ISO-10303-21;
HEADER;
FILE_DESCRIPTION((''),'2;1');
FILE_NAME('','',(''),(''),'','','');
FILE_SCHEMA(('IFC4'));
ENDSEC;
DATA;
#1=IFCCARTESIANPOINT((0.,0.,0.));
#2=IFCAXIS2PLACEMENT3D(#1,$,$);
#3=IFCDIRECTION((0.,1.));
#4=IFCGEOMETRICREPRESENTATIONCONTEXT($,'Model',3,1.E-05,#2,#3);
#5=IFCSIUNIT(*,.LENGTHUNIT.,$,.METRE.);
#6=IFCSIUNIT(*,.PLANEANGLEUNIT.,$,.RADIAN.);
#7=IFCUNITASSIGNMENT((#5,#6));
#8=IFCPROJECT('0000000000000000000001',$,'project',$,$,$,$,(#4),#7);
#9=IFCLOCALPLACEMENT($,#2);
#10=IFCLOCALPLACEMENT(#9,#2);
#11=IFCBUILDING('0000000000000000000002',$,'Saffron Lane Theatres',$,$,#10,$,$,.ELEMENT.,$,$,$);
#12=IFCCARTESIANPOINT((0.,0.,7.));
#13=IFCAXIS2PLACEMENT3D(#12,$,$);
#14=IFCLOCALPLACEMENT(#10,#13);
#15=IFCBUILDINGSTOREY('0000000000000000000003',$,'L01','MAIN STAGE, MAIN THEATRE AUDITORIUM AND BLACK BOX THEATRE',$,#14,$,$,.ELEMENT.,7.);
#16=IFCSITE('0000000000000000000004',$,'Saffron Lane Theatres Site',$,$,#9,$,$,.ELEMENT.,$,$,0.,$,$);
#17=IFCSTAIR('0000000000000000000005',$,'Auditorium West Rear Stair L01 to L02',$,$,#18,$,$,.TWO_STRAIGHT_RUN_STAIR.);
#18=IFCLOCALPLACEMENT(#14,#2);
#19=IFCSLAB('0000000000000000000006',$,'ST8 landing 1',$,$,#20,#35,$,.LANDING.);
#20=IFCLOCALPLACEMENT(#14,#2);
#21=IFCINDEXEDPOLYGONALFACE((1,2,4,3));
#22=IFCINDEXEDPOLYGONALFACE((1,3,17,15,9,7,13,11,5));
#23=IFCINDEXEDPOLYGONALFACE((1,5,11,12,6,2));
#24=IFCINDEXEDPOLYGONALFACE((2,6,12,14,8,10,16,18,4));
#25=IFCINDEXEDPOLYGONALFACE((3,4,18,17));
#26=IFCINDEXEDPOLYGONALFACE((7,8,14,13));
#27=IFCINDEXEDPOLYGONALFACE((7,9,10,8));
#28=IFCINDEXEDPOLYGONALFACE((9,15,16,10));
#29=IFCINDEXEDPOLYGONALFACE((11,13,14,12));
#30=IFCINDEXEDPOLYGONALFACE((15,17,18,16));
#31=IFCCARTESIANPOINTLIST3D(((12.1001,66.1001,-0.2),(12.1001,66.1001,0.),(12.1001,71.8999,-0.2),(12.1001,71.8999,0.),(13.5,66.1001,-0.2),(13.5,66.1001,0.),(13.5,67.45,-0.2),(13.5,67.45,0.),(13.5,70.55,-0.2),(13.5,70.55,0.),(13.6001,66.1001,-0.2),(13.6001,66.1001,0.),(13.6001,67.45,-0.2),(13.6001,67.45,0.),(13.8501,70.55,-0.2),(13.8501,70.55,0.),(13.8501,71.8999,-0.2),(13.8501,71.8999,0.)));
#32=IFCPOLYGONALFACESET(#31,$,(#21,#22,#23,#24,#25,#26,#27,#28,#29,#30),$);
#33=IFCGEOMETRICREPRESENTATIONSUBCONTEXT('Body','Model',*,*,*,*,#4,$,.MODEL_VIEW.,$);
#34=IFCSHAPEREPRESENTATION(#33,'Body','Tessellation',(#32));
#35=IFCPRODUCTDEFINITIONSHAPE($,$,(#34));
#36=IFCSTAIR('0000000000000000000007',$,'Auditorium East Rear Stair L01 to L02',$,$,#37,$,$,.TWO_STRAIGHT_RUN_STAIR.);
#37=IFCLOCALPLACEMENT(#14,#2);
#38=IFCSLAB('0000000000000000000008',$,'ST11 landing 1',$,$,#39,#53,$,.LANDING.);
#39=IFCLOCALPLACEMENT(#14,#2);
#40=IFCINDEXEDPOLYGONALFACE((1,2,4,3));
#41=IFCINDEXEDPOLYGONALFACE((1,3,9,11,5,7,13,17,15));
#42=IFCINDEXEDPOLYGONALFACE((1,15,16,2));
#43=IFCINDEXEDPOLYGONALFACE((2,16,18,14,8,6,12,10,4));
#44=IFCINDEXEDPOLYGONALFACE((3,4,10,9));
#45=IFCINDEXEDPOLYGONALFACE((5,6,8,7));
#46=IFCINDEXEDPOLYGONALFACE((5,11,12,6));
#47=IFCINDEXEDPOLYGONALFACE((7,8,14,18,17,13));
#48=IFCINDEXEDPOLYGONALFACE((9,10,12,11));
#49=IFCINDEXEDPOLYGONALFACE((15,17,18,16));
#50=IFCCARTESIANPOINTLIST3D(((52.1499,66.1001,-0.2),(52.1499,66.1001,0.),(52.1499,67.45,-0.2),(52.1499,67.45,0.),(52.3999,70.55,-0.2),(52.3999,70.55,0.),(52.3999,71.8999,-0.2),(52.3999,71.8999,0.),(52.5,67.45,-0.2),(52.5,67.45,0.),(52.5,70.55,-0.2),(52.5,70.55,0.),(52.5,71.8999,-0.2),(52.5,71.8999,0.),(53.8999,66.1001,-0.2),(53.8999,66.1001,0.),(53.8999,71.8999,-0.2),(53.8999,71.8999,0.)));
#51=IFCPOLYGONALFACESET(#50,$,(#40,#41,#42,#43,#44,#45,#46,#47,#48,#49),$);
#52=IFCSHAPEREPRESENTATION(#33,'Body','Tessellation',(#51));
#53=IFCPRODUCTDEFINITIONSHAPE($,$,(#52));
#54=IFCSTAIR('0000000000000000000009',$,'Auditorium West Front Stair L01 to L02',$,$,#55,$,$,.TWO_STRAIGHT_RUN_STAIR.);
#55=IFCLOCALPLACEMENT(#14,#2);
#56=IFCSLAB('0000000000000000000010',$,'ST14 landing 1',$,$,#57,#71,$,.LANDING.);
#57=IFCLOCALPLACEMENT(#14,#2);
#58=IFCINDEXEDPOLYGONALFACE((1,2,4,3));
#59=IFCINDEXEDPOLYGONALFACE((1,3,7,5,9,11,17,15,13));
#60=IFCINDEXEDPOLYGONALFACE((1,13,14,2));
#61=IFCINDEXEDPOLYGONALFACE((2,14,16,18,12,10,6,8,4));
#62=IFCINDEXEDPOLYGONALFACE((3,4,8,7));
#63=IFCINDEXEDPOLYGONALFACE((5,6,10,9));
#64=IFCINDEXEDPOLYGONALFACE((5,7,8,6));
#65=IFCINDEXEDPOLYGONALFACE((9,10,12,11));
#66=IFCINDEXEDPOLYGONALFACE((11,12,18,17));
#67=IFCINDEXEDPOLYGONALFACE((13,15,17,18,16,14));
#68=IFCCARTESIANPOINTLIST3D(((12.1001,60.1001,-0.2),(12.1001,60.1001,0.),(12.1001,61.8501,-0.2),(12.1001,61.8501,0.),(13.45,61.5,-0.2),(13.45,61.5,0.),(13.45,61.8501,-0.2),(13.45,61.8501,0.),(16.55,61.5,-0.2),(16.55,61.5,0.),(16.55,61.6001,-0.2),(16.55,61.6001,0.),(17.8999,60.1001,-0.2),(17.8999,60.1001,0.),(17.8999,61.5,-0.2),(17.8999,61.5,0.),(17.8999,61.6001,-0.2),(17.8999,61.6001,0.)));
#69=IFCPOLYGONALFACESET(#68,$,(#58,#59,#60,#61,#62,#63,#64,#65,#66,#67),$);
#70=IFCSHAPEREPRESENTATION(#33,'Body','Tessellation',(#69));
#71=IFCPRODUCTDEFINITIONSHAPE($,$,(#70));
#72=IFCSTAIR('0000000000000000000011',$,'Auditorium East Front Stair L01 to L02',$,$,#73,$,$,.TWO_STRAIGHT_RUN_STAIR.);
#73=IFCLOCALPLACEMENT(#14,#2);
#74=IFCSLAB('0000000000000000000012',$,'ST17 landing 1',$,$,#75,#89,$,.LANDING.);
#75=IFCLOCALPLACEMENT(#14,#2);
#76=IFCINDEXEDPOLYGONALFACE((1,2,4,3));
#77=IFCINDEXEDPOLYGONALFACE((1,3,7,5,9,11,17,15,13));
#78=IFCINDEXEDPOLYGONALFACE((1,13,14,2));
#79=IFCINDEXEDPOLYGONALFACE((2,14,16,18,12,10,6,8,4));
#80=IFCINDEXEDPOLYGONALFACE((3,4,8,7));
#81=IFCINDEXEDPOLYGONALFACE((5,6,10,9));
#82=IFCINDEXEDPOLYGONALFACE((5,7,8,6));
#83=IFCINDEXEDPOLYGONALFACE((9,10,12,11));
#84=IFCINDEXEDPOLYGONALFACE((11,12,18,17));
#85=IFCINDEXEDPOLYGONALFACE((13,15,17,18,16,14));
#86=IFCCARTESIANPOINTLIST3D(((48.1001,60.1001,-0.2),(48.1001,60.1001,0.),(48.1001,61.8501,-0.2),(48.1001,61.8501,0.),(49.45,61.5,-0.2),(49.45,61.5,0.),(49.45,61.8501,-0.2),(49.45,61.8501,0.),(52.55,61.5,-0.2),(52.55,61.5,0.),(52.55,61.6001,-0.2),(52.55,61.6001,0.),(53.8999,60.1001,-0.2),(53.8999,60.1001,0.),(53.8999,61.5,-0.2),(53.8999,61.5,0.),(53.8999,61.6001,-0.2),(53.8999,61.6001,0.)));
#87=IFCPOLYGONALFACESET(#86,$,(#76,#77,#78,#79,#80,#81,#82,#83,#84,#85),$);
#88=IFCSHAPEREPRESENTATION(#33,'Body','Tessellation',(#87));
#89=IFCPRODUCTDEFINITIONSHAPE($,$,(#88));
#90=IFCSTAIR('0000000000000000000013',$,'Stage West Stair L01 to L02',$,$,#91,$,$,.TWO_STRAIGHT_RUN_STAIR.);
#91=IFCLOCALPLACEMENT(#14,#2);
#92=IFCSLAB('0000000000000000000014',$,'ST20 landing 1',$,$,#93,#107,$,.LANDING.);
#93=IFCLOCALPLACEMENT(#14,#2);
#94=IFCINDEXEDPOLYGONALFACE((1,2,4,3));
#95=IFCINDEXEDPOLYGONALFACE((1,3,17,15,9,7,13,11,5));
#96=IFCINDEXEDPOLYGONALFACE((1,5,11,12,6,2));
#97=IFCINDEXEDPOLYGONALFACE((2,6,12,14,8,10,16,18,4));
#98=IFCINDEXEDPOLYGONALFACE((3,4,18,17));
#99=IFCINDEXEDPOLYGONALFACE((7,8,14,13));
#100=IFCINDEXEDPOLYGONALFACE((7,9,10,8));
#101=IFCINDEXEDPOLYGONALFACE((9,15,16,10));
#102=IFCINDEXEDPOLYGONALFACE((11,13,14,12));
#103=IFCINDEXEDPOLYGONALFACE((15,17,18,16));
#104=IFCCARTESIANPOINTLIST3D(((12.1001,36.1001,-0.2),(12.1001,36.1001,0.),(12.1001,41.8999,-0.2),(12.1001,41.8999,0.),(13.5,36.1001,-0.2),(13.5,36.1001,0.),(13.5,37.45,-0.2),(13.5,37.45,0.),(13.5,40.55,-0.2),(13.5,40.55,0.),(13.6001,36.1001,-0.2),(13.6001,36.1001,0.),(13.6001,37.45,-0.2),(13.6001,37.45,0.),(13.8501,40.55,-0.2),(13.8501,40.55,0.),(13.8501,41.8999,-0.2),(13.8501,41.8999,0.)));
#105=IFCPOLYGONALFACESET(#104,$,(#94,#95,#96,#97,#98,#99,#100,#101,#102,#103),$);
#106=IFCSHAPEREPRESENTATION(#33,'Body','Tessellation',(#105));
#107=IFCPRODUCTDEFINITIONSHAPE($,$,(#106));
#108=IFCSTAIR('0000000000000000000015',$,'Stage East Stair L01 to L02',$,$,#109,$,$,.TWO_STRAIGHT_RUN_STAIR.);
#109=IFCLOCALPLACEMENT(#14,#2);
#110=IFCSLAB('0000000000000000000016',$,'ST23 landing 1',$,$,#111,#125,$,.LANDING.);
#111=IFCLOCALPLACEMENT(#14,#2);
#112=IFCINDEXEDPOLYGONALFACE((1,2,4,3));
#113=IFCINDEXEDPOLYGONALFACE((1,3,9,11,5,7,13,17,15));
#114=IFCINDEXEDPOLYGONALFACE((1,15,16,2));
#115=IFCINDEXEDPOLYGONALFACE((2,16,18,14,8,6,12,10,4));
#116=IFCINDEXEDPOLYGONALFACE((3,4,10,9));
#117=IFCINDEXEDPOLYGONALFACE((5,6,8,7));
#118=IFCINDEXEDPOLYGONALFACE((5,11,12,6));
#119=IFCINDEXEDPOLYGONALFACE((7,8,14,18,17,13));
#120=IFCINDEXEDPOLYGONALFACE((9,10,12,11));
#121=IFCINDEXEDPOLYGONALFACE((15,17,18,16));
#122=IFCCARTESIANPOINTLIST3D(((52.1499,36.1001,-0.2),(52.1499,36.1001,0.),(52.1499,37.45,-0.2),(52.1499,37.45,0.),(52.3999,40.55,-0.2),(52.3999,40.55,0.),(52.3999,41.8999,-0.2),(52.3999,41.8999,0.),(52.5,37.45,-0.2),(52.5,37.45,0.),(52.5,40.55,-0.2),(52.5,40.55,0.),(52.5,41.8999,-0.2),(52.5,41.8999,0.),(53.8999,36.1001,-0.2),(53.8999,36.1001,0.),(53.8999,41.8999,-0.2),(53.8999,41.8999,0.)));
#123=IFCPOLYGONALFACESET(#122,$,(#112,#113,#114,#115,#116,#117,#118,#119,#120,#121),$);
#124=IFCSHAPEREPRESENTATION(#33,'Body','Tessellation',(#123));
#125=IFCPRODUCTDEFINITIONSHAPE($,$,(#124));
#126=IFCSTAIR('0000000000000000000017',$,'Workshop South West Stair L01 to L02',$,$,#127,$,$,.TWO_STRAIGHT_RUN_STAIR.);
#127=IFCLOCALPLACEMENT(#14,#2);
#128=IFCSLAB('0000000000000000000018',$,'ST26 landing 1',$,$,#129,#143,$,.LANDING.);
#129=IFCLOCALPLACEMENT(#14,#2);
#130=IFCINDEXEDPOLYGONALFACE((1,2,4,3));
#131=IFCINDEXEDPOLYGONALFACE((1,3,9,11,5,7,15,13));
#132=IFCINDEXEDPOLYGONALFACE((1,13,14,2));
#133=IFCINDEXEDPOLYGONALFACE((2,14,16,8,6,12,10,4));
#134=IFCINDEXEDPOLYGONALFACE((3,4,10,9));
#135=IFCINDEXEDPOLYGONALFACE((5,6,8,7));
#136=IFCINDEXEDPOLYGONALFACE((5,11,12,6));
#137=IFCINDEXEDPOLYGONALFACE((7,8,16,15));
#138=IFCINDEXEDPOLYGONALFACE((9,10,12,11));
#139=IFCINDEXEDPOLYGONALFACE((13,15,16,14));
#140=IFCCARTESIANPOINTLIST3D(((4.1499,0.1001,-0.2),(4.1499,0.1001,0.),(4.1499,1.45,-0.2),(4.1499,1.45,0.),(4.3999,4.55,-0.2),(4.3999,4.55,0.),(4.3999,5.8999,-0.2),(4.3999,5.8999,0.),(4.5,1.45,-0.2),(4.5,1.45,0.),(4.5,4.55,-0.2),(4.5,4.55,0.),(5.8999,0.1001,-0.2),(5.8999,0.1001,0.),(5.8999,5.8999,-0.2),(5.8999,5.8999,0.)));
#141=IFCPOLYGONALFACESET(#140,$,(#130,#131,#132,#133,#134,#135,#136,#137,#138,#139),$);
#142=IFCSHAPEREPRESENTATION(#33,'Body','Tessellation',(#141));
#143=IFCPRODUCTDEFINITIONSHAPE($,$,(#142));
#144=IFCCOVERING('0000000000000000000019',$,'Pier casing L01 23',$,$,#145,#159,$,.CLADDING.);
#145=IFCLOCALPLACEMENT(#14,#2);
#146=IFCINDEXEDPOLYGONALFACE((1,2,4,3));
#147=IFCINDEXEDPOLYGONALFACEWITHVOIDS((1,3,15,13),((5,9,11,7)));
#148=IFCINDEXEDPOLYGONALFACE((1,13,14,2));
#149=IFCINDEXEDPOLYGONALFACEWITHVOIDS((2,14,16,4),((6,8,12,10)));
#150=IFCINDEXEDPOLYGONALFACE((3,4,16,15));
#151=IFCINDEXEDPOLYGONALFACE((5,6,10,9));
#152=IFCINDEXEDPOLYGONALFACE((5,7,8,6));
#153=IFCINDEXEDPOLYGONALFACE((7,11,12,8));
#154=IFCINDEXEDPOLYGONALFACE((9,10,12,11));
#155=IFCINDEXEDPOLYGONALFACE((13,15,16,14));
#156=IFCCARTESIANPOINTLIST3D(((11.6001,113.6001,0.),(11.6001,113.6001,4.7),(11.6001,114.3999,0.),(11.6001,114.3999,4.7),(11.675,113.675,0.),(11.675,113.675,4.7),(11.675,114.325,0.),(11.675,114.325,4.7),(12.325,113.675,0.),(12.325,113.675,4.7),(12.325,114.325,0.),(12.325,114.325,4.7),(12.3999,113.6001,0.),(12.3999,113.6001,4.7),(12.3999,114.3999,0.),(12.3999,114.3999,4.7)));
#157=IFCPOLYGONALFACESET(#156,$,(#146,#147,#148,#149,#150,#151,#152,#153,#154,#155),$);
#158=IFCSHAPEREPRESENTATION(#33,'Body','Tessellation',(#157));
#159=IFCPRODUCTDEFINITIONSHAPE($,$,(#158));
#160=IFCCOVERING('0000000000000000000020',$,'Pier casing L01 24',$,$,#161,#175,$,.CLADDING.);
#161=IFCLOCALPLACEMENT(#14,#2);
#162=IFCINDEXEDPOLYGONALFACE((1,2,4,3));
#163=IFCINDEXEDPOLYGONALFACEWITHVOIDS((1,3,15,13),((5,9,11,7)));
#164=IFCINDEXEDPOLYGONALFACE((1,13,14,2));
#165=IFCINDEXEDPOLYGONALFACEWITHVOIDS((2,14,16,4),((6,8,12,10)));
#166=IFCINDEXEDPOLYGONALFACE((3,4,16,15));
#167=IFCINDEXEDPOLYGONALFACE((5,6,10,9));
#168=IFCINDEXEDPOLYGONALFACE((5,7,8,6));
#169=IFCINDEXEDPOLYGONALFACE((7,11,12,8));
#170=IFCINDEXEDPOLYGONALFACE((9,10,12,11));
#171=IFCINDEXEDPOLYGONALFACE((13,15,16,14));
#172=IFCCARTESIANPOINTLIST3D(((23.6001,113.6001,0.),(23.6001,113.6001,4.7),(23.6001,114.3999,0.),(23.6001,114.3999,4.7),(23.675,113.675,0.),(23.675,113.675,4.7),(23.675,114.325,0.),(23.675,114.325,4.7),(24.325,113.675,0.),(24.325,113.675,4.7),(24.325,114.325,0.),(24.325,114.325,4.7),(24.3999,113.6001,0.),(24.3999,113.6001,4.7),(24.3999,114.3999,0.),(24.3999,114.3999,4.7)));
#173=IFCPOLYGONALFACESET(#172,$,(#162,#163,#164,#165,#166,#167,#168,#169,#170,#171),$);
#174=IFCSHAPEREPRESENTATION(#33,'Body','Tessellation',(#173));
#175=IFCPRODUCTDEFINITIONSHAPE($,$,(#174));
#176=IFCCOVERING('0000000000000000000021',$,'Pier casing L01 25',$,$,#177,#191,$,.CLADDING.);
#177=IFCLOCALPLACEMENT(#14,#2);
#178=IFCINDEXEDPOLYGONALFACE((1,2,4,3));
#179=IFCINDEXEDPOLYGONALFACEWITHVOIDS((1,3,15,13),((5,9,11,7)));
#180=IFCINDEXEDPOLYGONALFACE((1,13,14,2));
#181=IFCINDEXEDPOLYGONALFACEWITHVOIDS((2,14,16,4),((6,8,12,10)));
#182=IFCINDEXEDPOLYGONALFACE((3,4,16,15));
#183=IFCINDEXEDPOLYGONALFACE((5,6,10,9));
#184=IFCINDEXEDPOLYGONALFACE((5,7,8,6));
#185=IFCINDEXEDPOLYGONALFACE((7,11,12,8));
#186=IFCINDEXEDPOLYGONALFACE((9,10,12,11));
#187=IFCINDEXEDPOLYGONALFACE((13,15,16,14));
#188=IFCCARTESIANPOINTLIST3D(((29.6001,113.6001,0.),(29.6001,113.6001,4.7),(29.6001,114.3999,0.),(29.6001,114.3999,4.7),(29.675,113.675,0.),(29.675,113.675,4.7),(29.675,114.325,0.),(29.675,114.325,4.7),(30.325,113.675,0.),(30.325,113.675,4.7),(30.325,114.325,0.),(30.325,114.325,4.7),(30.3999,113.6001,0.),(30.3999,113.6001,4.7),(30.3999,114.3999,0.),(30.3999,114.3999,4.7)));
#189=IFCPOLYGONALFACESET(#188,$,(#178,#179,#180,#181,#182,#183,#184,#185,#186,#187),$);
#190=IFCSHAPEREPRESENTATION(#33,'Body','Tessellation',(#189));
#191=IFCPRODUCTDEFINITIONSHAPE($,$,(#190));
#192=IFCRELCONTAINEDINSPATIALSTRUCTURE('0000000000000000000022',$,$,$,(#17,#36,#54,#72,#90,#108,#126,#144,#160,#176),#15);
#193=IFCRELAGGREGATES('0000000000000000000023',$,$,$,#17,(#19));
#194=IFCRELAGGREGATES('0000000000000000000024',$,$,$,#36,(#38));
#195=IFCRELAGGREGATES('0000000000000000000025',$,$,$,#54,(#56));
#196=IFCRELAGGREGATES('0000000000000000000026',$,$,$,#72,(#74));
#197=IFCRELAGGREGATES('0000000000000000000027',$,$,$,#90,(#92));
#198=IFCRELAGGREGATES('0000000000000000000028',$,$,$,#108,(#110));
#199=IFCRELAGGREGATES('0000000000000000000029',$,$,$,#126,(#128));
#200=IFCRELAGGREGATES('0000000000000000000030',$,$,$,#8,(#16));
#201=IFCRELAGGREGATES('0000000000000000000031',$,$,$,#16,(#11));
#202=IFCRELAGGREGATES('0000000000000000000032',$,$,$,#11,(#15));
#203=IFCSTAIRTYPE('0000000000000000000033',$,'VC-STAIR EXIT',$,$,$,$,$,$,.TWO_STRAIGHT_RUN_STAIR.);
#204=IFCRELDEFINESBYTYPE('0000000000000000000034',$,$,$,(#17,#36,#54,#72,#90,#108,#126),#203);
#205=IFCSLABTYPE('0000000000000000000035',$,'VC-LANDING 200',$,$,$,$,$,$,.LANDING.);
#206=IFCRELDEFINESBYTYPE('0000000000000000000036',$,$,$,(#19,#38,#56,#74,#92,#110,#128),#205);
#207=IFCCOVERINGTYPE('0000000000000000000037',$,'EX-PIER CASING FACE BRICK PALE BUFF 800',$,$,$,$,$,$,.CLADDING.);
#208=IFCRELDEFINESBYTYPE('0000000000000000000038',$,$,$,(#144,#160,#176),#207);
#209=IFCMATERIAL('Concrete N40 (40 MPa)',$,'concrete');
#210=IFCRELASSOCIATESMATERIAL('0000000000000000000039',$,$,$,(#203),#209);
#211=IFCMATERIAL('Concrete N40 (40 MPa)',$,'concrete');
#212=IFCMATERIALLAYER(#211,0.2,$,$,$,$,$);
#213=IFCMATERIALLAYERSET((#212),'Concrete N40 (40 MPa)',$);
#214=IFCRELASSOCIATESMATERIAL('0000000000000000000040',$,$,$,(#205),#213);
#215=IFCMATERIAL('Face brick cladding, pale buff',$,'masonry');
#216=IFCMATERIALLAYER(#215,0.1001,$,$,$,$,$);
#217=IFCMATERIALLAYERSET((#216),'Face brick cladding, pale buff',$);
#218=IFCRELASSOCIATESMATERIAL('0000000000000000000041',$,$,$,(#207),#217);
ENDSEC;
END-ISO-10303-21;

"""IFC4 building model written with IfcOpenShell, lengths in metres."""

from ifc_helpers import new_model, si_unit, direction, frame, origin, place, context, subcontext, project, spatial, polyline, outline, extrude, material, layer, layer_set, type_object, element, aggregate, save


model = new_model("IFC4")

# Units and contexts
model_context = context("Model", 3, precision=1e-05, world=origin(), true_north=direction((0.0, 1.0)))
body_context = subcontext(model_context, "Body", "Model", "MODEL_VIEW")
ifc_project = project(units=[si_unit("LENGTHUNIT", "METRE"), si_unit("PLANEANGLEUNIT", "RADIAN")], contexts=[model_context])

# Site, building, storey
site_placement = place(None, origin())
site = spatial("IfcSite", under=ifc_project, at=site_placement, Name="Saffron Lane Theatres Site", CompositionType="ELEMENT", RefElevation=0.0)
building_placement = place(site_placement, origin())
building = spatial("IfcBuilding", under=site, at=building_placement, Name="Saffron Lane Theatres", CompositionType="ELEMENT")
storey_placement = place(building_placement, frame((0.0, 0.0, 7.0)))
storey = spatial("IfcBuildingStorey", under=building, at=storey_placement, Name="L01", Description="MAIN STAGE, MAIN THEATRE AUDITORIUM AND BLACK BOX THEATRE", CompositionType="ELEMENT", Elevation=7.0)

# Stairs, slabs
ifc_material_1 = material(Name="Concrete N40 (40 MPa)", Category="concrete")
stair_type = type_object("IfcStairType", Name="VC-STAIR EXIT", PredefinedType="TWO_STRAIGHT_RUN_STAIR", material=ifc_material_1)
ifc_material_2 = material(Name="Concrete N40 (40 MPa)", Category="concrete")
ifc_layer_1 = layer(ifc_material_2, 0.2)
ifc_layer_set_1 = layer_set([ifc_layer_1], Name="Concrete N40 (40 MPa)")
slab_type_1 = type_object("IfcSlabType", Name="VC-LANDING 200", PredefinedType="LANDING", material=ifc_layer_set_1)
stair_1_placement = place(storey_placement, origin())
stair_1 = element("IfcStair", 1, at=stair_1_placement, inside=storey, type_object=stair_type, Name="Auditorium West Rear Stair L01 to L02", PredefinedType="TWO_STRAIGHT_RUN_STAIR")
slab_1_placement = place(storey_placement, frame((0.0, 0.0, -0.2)))
slab_1 = element("IfcSlab", 2, at=slab_1_placement, type_object=slab_type_1, Name="ST8 landing 1", PredefinedType="LANDING", context=body_context, shape_type="SweptSolid", body=[
    extrude(outline(polyline([(12.1001, 66.1001), (12.1001, 71.8999), (13.8501, 71.8999), (13.8501, 70.55), (13.5, 70.55), (13.5, 67.45), (13.6001, 67.45), (13.6001, 66.1001), (13.5, 66.1001), (13.5, 66.1001), (12.1001, 66.1001)])), origin(), (0.0, 0.0, 1.0), 0.2),
])
aggregate(stair_1, [slab_1])
stair_2_placement = place(storey_placement, origin())
stair_2 = element("IfcStair", 3, at=stair_2_placement, inside=storey, type_object=stair_type, Name="Auditorium East Rear Stair L01 to L02", PredefinedType="TWO_STRAIGHT_RUN_STAIR")
slab_2_placement = place(storey_placement, frame((0.0, 0.0, -0.2)))
slab_2 = element("IfcSlab", 4, at=slab_2_placement, type_object=slab_type_1, Name="ST11 landing 1", PredefinedType="LANDING", context=body_context, shape_type="SweptSolid", body=[
    extrude(outline(polyline([(53.8999, 71.8999), (53.8999, 66.1001), (52.1499, 66.1001), (52.1499, 67.45), (52.5, 67.45), (52.5, 70.55), (52.3999, 70.55), (52.3999, 71.8999), (52.5, 71.8999), (52.5, 71.8999), (53.8999, 71.8999)])), origin(), (0.0, 0.0, 1.0), 0.2),
])
aggregate(stair_2, [slab_2])
stair_3_placement = place(storey_placement, origin())
stair_3 = element("IfcStair", 5, at=stair_3_placement, inside=storey, type_object=stair_type, Name="Auditorium West Front Stair L01 to L02", PredefinedType="TWO_STRAIGHT_RUN_STAIR")
slab_3_placement = place(storey_placement, frame((0.0, 0.0, -0.2)))
slab_3 = element("IfcSlab", 6, at=slab_3_placement, type_object=slab_type_1, Name="ST14 landing 1", PredefinedType="LANDING", context=body_context, shape_type="SweptSolid", body=[
    extrude(outline(polyline([(17.8999, 61.5), (17.8999, 60.1001), (12.1001, 60.1001), (12.1001, 61.8501), (13.45, 61.8501), (13.45, 61.5), (16.55, 61.5), (16.55, 61.6001), (17.8999, 61.6001), (17.8999, 61.5), (17.8999, 61.5)])), origin(), (0.0, 0.0, 1.0), 0.2),
])
aggregate(stair_3, [slab_3])
stair_4_placement = place(storey_placement, origin())
stair_4 = element("IfcStair", 7, at=stair_4_placement, inside=storey, type_object=stair_type, Name="Auditorium East Front Stair L01 to L02", PredefinedType="TWO_STRAIGHT_RUN_STAIR")
slab_4_placement = place(storey_placement, frame((0.0, 0.0, -0.2)))
slab_4 = element("IfcSlab", 8, at=slab_4_placement, type_object=slab_type_1, Name="ST17 landing 1", PredefinedType="LANDING", context=body_context, shape_type="SweptSolid", body=[
    extrude(outline(polyline([(53.8999, 60.1001), (48.1001, 60.1001), (48.1001, 61.8501), (49.45, 61.8501), (49.45, 61.5), (52.55, 61.5), (52.55, 61.6001), (53.8999, 61.6001), (53.8999, 61.5), (53.8999, 61.5), (53.8999, 60.1001)])), origin(), (0.0, 0.0, 1.0), 0.2),
])
aggregate(stair_4, [slab_4])
stair_5_placement = place(storey_placement, origin())
stair_5 = element("IfcStair", 9, at=stair_5_placement, inside=storey, type_object=stair_type, Name="Stage West Stair L01 to L02", PredefinedType="TWO_STRAIGHT_RUN_STAIR")
slab_5_placement = place(storey_placement, frame((0.0, 0.0, -0.2)))
slab_5 = element("IfcSlab", 10, at=slab_5_placement, type_object=slab_type_1, Name="ST20 landing 1", PredefinedType="LANDING", context=body_context, shape_type="SweptSolid", body=[
    extrude(outline(polyline([(12.1001, 36.1001), (12.1001, 41.8999), (13.8501, 41.8999), (13.8501, 40.55), (13.5, 40.55), (13.5, 37.45), (13.6001, 37.45), (13.6001, 36.1001), (13.5, 36.1001), (13.5, 36.1001), (12.1001, 36.1001)])), origin(), (0.0, 0.0, 1.0), 0.2),
])
aggregate(stair_5, [slab_5])
stair_6_placement = place(storey_placement, origin())
stair_6 = element("IfcStair", 11, at=stair_6_placement, inside=storey, type_object=stair_type, Name="Stage East Stair L01 to L02", PredefinedType="TWO_STRAIGHT_RUN_STAIR")
slab_6_placement = place(storey_placement, frame((0.0, 0.0, -0.2)))
slab_6 = element("IfcSlab", 12, at=slab_6_placement, type_object=slab_type_1, Name="ST23 landing 1", PredefinedType="LANDING", context=body_context, shape_type="SweptSolid", body=[
    extrude(outline(polyline([(53.8999, 41.8999), (53.8999, 36.1001), (52.1499, 36.1001), (52.1499, 37.45), (52.5, 37.45), (52.5, 40.55), (52.3999, 40.55), (52.3999, 41.8999), (52.5, 41.8999), (52.5, 41.8999), (53.8999, 41.8999)])), origin(), (0.0, 0.0, 1.0), 0.2),
])
aggregate(stair_6, [slab_6])
stair_7_placement = place(storey_placement, origin())
stair_7 = element("IfcStair", 13, at=stair_7_placement, inside=storey, type_object=stair_type, Name="Workshop South West Stair L01 to L02", PredefinedType="TWO_STRAIGHT_RUN_STAIR")
slab_7_placement = place(storey_placement, frame((0.0, 0.0, -0.2)))
slab_7 = element("IfcSlab", 14, at=slab_7_placement, type_object=slab_type_1, Name="ST26 landing 1", PredefinedType="LANDING", context=body_context, shape_type="SweptSolid", body=[
    extrude(outline(polyline([(5.8999, 5.8999), (5.8999, 0.1001), (4.1499, 0.1001), (4.1499, 1.45), (4.5, 1.45), (4.5, 4.55), (4.3999, 4.55), (4.3999, 5.8999), (5.8999, 5.8999)])), origin(), (0.0, 0.0, 1.0), 0.2),
])
aggregate(stair_7, [slab_7])

# Coverings
ifc_material_3 = material(Name="Face brick cladding, pale buff", Category="masonry")
ifc_layer_2 = layer(ifc_material_3, 0.1001)
ifc_layer_set_2 = layer_set([ifc_layer_2], Name="Face brick cladding, pale buff")
covering_type = type_object("IfcCoveringType", Name="EX-PIER CASING FACE BRICK PALE BUFF 800", PredefinedType="CLADDING", material=ifc_layer_set_2)
covering_1_placement = place(storey_placement, origin())
element("IfcCovering", 15, at=covering_1_placement, inside=storey, type_object=covering_type, Name="Pier casing L01 23", PredefinedType="CLADDING", context=body_context, shape_type="SweptSolid", body=[
    extrude(outline(polyline([(12.3999, 114.3999), (11.6001, 114.3999), (11.6001, 113.6001), (12.3999, 113.6001), (12.3999, 114.3999)]), holes=[polyline([(11.675, 114.325), (12.325, 114.325), (12.325, 113.675), (11.675, 113.675), (11.675, 114.325)])]), origin(), (0.0, 0.0, 1.0), 4.7),
])
covering_2_placement = place(storey_placement, origin())
element("IfcCovering", 16, at=covering_2_placement, inside=storey, type_object=covering_type, Name="Pier casing L01 24", PredefinedType="CLADDING", context=body_context, shape_type="SweptSolid", body=[
    extrude(outline(polyline([(24.3999, 114.3999), (23.6001, 114.3999), (23.6001, 113.6001), (24.3999, 113.6001), (24.3999, 114.3999)]), holes=[polyline([(23.675, 114.325), (24.325, 114.325), (24.325, 113.675), (23.675, 113.675), (23.675, 114.325)])]), origin(), (0.0, 0.0, 1.0), 4.7),
])
covering_3_placement = place(storey_placement, origin())
element("IfcCovering", 17, at=covering_3_placement, inside=storey, type_object=covering_type, Name="Pier casing L01 25", PredefinedType="CLADDING", context=body_context, shape_type="SweptSolid", body=[
    extrude(outline(polyline([(30.3999, 114.3999), (29.6001, 114.3999), (29.6001, 113.6001), (30.3999, 113.6001), (30.3999, 114.3999)]), holes=[polyline([(29.675, 114.325), (30.325, 114.325), (30.325, 113.675), (29.675, 113.675), (29.675, 114.325)])]), origin(), (0.0, 0.0, 1.0), 4.7),
])

save(model, "model.ifc")
